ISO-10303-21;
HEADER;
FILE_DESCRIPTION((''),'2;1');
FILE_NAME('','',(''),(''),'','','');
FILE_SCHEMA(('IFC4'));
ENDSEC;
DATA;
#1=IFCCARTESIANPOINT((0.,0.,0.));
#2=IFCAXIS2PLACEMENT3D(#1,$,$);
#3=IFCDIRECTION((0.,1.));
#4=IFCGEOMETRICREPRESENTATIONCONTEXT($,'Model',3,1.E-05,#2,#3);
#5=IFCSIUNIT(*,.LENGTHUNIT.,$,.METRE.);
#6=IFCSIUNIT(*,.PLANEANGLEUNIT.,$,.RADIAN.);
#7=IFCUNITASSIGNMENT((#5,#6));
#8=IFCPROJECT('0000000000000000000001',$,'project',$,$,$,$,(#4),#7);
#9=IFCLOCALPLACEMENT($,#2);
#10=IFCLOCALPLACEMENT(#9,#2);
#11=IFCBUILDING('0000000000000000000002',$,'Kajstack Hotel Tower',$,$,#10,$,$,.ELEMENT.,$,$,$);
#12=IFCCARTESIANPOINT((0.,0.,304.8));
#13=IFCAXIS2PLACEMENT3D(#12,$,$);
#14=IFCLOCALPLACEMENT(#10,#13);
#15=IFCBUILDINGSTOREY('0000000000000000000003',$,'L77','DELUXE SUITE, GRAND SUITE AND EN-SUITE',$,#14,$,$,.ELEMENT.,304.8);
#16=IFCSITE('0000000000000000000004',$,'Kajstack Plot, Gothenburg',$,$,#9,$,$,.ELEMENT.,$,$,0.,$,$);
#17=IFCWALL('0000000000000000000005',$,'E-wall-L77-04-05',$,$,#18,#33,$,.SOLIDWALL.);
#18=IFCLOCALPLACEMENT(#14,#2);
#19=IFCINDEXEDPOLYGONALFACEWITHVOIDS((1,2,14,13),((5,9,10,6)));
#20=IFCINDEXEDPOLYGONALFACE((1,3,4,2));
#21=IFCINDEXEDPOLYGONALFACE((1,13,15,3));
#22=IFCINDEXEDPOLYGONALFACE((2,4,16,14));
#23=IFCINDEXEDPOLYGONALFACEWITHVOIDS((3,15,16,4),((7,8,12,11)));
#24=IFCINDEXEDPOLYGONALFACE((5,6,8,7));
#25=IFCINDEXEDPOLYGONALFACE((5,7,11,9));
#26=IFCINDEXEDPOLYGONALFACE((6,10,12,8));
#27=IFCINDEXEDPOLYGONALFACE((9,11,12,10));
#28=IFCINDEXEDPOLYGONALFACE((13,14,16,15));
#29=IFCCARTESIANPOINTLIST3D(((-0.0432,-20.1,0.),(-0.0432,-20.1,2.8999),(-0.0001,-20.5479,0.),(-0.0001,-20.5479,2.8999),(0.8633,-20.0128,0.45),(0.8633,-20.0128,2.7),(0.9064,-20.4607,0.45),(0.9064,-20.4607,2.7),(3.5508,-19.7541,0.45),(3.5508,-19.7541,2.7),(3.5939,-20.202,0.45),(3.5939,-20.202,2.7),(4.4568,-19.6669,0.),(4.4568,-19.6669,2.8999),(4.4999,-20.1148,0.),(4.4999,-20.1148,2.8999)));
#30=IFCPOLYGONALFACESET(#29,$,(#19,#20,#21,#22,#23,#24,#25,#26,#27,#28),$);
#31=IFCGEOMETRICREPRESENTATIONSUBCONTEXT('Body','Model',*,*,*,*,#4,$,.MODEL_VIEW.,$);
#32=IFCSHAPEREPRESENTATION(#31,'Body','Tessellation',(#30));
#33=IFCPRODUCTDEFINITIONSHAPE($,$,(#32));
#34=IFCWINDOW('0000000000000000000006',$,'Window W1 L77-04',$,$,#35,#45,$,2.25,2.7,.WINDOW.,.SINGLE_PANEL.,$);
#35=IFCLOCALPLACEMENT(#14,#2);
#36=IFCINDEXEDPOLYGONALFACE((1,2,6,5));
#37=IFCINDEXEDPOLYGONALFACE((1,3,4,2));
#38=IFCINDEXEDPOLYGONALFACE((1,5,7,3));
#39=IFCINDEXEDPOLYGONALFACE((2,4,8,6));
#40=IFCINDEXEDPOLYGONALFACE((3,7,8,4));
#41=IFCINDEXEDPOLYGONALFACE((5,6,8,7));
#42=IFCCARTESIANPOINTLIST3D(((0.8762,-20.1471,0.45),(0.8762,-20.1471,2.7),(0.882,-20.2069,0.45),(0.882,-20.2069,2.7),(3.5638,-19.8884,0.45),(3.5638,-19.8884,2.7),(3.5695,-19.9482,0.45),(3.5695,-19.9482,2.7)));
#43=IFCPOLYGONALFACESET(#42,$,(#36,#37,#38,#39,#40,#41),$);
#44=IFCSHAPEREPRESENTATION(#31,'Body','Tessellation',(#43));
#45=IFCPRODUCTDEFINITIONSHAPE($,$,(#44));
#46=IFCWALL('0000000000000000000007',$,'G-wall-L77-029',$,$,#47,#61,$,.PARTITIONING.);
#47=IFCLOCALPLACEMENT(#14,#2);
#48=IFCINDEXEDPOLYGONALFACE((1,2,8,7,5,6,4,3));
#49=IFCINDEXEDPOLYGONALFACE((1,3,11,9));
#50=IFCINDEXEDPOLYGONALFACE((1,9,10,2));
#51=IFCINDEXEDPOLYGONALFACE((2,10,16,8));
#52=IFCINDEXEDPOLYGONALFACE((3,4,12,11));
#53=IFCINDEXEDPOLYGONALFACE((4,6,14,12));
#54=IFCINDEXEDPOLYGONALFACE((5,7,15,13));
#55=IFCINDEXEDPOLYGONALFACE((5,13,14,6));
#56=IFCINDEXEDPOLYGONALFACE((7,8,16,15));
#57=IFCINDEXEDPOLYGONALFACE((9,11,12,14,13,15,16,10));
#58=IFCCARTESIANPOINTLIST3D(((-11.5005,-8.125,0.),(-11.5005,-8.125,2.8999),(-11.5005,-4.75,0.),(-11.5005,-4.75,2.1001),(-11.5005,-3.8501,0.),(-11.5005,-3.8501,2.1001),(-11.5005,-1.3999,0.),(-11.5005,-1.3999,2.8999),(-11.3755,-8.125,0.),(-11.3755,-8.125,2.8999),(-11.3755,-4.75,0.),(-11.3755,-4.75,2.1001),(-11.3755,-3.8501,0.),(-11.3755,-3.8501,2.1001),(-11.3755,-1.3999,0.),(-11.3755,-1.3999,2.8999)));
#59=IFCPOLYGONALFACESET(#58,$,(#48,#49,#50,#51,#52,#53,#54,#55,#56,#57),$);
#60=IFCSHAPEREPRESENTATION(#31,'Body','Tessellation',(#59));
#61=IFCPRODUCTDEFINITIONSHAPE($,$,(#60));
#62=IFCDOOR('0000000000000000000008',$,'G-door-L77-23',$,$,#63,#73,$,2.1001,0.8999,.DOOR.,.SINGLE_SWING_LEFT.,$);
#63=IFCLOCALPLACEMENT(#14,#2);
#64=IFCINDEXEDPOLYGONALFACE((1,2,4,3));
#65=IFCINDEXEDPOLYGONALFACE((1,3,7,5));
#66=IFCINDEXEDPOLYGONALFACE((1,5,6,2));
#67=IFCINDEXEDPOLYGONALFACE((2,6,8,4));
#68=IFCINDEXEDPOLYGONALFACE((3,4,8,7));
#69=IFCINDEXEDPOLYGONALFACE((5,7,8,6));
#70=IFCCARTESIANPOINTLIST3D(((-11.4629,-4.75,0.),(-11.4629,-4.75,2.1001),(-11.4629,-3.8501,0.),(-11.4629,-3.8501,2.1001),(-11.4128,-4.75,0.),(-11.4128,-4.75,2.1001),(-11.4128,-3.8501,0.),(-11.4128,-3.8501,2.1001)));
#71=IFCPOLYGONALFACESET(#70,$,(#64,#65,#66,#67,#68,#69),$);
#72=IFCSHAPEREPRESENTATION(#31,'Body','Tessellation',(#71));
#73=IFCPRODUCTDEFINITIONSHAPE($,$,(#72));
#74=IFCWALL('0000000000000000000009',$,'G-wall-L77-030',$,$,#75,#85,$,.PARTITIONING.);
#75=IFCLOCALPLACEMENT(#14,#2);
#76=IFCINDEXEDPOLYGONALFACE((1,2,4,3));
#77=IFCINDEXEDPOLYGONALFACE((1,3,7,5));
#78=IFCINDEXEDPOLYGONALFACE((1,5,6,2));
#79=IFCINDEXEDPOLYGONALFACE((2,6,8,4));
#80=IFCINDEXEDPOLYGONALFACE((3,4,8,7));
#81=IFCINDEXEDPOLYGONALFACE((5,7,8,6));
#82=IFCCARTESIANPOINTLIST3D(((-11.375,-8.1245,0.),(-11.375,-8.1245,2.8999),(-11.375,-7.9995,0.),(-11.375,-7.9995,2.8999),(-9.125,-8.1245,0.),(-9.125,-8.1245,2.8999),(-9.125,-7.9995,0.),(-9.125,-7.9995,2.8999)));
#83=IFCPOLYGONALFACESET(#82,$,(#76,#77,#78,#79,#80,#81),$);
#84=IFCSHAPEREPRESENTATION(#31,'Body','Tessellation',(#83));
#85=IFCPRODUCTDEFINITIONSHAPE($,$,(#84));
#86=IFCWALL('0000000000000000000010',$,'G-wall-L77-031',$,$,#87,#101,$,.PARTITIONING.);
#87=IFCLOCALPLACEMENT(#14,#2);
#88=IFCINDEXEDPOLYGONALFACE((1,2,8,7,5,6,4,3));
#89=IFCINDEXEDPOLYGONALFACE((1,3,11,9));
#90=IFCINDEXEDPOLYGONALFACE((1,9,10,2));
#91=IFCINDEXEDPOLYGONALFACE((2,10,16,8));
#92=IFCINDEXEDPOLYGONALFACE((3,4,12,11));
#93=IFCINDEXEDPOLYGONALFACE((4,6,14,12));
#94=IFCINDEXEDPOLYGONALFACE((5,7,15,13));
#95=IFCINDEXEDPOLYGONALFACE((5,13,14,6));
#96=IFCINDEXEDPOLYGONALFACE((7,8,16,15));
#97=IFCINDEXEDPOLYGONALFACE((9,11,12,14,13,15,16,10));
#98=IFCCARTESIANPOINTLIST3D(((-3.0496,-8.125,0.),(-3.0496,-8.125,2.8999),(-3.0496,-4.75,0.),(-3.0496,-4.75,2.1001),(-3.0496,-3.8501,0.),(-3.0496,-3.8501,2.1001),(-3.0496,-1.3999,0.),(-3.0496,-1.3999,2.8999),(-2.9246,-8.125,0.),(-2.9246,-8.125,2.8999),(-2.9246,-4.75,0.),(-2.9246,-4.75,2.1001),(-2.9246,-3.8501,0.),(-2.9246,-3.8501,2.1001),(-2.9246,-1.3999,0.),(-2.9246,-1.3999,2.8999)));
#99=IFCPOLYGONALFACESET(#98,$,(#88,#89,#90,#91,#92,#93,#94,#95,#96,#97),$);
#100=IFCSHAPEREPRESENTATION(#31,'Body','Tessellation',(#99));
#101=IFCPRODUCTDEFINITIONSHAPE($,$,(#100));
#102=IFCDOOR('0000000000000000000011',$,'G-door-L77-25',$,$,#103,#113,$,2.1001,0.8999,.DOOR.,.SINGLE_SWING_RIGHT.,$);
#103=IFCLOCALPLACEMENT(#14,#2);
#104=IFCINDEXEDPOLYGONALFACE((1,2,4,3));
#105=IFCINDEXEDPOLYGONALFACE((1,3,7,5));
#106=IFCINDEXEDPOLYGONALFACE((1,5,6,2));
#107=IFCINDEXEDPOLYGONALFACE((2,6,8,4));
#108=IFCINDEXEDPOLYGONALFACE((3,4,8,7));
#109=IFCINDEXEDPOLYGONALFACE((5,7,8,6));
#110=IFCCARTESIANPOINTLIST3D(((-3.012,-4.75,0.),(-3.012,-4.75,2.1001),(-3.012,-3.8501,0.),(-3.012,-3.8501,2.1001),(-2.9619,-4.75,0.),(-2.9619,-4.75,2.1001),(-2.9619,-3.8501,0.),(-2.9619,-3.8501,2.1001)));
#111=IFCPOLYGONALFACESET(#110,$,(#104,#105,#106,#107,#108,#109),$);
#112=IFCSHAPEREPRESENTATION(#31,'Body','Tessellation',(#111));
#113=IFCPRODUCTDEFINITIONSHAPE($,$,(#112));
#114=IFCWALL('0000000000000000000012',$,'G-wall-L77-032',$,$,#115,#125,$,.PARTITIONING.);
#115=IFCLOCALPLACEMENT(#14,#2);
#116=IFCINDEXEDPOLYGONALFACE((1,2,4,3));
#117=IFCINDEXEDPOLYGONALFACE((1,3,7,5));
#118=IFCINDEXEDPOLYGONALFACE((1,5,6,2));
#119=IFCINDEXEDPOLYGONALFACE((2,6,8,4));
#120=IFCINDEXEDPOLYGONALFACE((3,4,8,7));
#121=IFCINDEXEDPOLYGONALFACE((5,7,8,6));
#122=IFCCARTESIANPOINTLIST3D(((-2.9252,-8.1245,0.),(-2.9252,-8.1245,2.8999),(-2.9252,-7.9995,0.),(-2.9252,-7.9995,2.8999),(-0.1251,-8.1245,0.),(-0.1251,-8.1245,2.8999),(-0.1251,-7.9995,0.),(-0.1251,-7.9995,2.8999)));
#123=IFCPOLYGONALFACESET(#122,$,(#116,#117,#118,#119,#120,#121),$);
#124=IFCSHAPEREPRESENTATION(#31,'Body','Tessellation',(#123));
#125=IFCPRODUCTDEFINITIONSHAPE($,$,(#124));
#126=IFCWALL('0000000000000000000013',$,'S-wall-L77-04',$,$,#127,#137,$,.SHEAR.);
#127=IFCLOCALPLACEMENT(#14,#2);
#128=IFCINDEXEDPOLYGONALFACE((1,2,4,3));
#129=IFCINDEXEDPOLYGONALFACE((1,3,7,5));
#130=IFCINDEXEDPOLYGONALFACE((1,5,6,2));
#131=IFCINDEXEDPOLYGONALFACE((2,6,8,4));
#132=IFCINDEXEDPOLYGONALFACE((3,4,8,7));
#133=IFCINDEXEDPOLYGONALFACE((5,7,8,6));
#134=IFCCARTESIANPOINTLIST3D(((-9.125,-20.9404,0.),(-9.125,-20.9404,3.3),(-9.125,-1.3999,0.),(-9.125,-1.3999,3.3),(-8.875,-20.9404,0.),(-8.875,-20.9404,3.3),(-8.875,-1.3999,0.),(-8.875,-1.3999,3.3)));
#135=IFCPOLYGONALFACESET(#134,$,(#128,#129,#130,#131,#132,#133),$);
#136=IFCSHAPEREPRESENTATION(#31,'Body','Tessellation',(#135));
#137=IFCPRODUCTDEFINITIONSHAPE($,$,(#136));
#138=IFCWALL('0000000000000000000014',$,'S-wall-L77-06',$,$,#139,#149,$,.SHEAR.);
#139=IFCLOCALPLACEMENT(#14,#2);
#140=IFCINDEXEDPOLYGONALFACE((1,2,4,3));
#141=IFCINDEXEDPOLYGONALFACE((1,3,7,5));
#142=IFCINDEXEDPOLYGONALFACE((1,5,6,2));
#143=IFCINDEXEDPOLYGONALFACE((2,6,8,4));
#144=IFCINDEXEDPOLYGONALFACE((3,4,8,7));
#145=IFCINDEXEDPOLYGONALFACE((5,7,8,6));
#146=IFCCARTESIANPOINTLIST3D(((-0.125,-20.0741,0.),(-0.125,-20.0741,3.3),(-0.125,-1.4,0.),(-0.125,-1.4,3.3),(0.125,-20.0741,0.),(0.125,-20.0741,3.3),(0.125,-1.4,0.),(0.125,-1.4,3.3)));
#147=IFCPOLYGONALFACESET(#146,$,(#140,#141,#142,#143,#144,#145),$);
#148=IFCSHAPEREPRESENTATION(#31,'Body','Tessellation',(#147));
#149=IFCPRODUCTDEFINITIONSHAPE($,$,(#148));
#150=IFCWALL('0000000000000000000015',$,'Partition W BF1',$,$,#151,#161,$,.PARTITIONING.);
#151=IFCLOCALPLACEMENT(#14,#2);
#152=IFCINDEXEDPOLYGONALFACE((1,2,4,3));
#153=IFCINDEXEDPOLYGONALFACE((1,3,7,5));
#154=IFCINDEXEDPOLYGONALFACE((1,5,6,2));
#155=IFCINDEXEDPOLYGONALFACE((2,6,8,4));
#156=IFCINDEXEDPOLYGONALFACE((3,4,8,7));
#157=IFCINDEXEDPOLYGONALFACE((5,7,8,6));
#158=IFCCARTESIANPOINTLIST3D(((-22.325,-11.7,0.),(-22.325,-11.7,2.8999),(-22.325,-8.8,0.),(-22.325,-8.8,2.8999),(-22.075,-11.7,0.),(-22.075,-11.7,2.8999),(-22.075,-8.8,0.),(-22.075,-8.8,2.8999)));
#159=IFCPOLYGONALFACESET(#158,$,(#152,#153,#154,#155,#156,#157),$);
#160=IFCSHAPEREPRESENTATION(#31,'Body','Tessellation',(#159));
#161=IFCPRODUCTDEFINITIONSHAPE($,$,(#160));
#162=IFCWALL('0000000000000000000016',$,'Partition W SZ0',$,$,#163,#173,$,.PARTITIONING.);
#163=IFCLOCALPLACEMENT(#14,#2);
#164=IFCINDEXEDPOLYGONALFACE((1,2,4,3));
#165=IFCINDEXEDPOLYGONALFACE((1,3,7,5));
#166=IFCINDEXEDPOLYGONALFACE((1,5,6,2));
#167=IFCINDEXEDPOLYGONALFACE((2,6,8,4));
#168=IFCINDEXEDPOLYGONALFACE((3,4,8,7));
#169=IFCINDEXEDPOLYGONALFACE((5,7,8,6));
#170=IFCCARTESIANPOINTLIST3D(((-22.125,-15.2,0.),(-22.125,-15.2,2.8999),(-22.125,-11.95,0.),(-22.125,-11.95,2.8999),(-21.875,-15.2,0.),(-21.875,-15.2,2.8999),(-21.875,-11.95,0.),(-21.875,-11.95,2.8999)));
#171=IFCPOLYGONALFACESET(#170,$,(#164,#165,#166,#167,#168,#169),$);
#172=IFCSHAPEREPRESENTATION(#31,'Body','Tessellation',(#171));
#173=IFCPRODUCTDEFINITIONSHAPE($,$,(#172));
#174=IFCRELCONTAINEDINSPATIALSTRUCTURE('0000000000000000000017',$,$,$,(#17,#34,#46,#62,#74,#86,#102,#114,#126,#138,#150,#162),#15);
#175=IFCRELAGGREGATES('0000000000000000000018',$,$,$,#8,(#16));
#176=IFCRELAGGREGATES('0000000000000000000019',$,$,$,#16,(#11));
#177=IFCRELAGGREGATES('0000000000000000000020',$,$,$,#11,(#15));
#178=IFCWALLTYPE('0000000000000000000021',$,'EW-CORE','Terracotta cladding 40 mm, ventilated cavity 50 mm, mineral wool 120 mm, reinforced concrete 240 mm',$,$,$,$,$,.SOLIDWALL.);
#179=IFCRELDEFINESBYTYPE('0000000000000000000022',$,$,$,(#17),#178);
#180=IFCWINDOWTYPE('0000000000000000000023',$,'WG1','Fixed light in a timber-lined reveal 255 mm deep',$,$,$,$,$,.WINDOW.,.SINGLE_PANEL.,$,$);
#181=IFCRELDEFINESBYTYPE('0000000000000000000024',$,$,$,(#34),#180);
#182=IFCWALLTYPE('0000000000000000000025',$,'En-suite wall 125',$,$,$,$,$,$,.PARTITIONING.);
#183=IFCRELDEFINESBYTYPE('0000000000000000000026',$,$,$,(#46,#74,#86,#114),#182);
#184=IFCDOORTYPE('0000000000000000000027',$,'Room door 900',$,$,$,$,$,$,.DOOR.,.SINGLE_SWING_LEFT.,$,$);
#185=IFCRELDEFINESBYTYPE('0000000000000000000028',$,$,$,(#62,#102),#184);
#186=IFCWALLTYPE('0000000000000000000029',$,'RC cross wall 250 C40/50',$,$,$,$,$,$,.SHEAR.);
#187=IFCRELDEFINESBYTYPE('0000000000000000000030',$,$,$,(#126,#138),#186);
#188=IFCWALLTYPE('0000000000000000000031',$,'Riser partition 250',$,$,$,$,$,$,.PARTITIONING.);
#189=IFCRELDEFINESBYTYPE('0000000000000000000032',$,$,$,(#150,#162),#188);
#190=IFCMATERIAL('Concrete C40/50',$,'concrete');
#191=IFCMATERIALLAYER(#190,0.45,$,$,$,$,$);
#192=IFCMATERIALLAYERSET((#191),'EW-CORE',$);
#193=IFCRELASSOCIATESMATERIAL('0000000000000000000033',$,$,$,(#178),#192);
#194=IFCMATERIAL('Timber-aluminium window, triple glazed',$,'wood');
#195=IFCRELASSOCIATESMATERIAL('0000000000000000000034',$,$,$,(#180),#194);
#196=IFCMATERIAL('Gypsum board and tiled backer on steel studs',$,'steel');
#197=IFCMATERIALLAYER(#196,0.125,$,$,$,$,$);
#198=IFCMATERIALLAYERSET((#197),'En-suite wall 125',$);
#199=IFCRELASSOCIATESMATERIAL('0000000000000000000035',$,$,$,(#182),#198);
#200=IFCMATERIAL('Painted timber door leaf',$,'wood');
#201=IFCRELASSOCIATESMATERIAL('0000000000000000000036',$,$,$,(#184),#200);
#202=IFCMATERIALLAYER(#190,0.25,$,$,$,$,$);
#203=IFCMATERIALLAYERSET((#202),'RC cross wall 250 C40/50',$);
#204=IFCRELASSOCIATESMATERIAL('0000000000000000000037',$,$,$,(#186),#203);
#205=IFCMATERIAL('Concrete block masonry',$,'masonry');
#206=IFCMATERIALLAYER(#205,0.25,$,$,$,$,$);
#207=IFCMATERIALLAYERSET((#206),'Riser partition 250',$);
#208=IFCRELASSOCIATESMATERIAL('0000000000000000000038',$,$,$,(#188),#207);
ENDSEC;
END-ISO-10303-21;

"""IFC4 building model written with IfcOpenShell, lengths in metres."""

from ifc_helpers import new_model, si_unit, direction, frame, frame_2d, origin, place, context, subcontext, project, spatial, rectangle, extrude, material, layer, layer_set, type_object, element, fill, save


model = new_model("IFC4")

# Units and contexts
model_context = context("Model", 3, precision=1e-05, world=origin(), true_north=direction((0.0, 1.0)))
body_context = subcontext(model_context, "Body", "Model", "MODEL_VIEW")
ifc_project = project(units=[si_unit("LENGTHUNIT", "METRE"), si_unit("PLANEANGLEUNIT", "RADIAN")], contexts=[model_context])

# Site, building, storey
site_placement = place(None, origin())
site = spatial("IfcSite", under=ifc_project, at=site_placement, Name="Kajstack Plot, Gothenburg", CompositionType="ELEMENT", RefElevation=0.0)
building_placement = place(site_placement, origin())
building = spatial("IfcBuilding", under=site, at=building_placement, Name="Kajstack Hotel Tower", CompositionType="ELEMENT")
storey_placement = place(building_placement, frame((0.0, 0.0, 304.8)))
storey = spatial("IfcBuildingStorey", under=building, at=storey_placement, Name="L77", Description="DELUXE SUITE, GRAND SUITE AND EN-SUITE", CompositionType="ELEMENT", Elevation=304.8)

# Wall, opening, window
ifc_material_1 = material(Name="Concrete C40/50", Category="concrete")
ifc_layer_1 = layer(ifc_material_1, 0.45)
ifc_layer_set_1 = layer_set([ifc_layer_1], Name="EW-CORE")
wall_type_1 = type_object("IfcWallType", Name="EW-CORE", Description="Terracotta cladding 40 mm, ventilated cavity 50 mm, mineral wool 120 mm, reinforced concrete 240 mm", PredefinedType="SOLIDWALL", material=ifc_layer_set_1)
ifc_material_2 = material(Name="Timber-aluminium window, triple glazed", Category="wood")
window_type = type_object("IfcWindowType", Name="WG1", Description="Fixed light in a timber-lined reveal 255 mm deep", PartitioningType="SINGLE_PANEL", PredefinedType="WINDOW", material=ifc_material_2)
wall_1_placement = place(storey_placement, frame((-0.0215, -20.324, 0.0), z_axis=(0.0, 0.0, 1.0), x_axis=(0.9954, 0.095803, 0.0)))
wall_1 = element("IfcWall", 1, at=wall_1_placement, inside=storey, type_object=wall_type_1, Name="E-wall-L77-04-05", PredefinedType="SOLIDWALL", context=body_context, shape_type="SweptSolid", body=[
    extrude(rectangle(XDim=4.5208, YDim=0.45, at=frame_2d((2.2603, 0.0))), origin(), (0.0, 0.0, 1.0), 2.8999),
])
opening_1_placement = place(wall_1_placement, frame((0.9104, 0.0, 0.45)))
opening_1 = element("IfcOpeningElement", 2, at=opening_1_placement, cuts=wall_1, PredefinedType="OPENING", context=body_context, shape_type="SweptSolid", body=[
    extrude(rectangle(XDim=2.7, YDim=2.25, at=frame_2d((1.3501, 1.125))), frame((0.0, 0.2349, 0.0), z_axis=(0.0, -1.0, 0.0), x_axis=(1.0, 0.0, 0.0)), (0.0, 0.0, 1.0), 0.47),
])
window_1_placement = place(opening_1_placement, origin())
window_1 = element("IfcWindow", 3, at=window_1_placement, inside=storey, type_object=window_type, Name="Window W1 L77-04", OverallHeight=2.25, OverallWidth=2.7, PartitioningType="SINGLE_PANEL", PredefinedType="WINDOW", context=body_context, shape_type="SweptSolid", body=[
    extrude(rectangle(XDim=2.7, YDim=2.25, at=frame_2d((1.3501, 1.125))), frame((0.0, 0.0901, 0.0), z_axis=(0.0, -1.0, 0.0), x_axis=(1.0, 0.0, 0.0)), (0.0, 0.0, 1.0), 0.0601),
])
fill(opening_1, window_1)

# Wall, opening, door
ifc_material_3 = material(Name="Gypsum board and tiled backer on steel studs", Category="steel")
ifc_layer_2 = layer(ifc_material_3, 0.125)
ifc_layer_set_2 = layer_set([ifc_layer_2], Name="En-suite wall 125")
wall_type_2 = type_object("IfcWallType", Name="En-suite wall 125", PredefinedType="PARTITIONING", material=ifc_layer_set_2)
wall_2_placement = place(storey_placement, frame((-11.438, -8.125, 0.0), z_axis=(0.0, 0.0, 1.0), x_axis=(0.0, 1.0, 0.0)))
wall_2 = element("IfcWall", 4, at=wall_2_placement, inside=storey, type_object=wall_type_2, Name="G-wall-L77-029", PredefinedType="PARTITIONING", context=body_context, shape_type="SweptSolid", body=[
    extrude(rectangle(XDim=6.7251, YDim=0.125, at=frame_2d((3.3625, 0.0))), origin(), (0.0, 0.0, 1.0), 2.8999),
])
opening_2_placement = place(wall_2_placement, frame((3.375, 0.0, 0.0)))
opening_2 = element("IfcOpeningElement", 5, at=opening_2_placement, cuts=wall_2, PredefinedType="OPENING", context=body_context, shape_type="SweptSolid", body=[
    extrude(rectangle(XDim=0.8999, YDim=2.1001, at=frame_2d((0.45, 1.05))), frame((0.0, 0.0725, 0.0), z_axis=(0.0, -1.0, 0.0), x_axis=(1.0, 0.0, 0.0)), (0.0, 0.0, 1.0), 0.145),
])
ifc_material_4 = material(Name="Painted timber door leaf", Category="wood")
door_type_1 = type_object("IfcDoorType", Name="Room door 900", OperationType="SINGLE_SWING_LEFT", PredefinedType="DOOR", material=ifc_material_4)
door_1_placement = place(opening_2_placement, origin())
door_1 = element("IfcDoor", 6, at=door_1_placement, inside=storey, type_object=door_type_1, Name="G-door-L77-23", OperationType="SINGLE_SWING_LEFT", OverallHeight=2.1001, OverallWidth=0.8999, PredefinedType="DOOR", context=body_context, shape_type="SweptSolid", body=[
    extrude(rectangle(XDim=0.8999, YDim=2.1001, at=frame_2d((0.45, 1.05))), frame((0.0, 0.0249, 0.0), z_axis=(0.0, -1.0, 0.0), x_axis=(1.0, 0.0, 0.0)), (0.0, 0.0, 1.0), 0.05),
])
fill(opening_2, door_1)

# Wall
wall_3_placement = place(storey_placement, frame((-11.375, -8.062, 0.0), z_axis=(0.0, 0.0, 1.0), x_axis=(1.0, 0.0, 0.0)))
element("IfcWall", 7, at=wall_3_placement, inside=storey, type_object=wall_type_2, Name="G-wall-L77-030", PredefinedType="PARTITIONING", context=body_context, shape_type="SweptSolid", body=[
    extrude(rectangle(XDim=2.25, YDim=0.125, at=frame_2d((1.125, 0.0))), origin(), (0.0, 0.0, 1.0), 2.8999),
])

# Wall, opening, door
wall_4_placement = place(storey_placement, frame((-2.9871, -8.125, 0.0), z_axis=(0.0, 0.0, 1.0), x_axis=(0.0, 1.0, 0.0)))
wall_4 = element("IfcWall", 8, at=wall_4_placement, inside=storey, type_object=wall_type_2, Name="G-wall-L77-031", PredefinedType="PARTITIONING", context=body_context, shape_type="SweptSolid", body=[
    extrude(rectangle(XDim=6.7251, YDim=0.125, at=frame_2d((3.3625, 0.0))), origin(), (0.0, 0.0, 1.0), 2.8999),
])
opening_3_placement = place(wall_4_placement, frame((3.375, 0.0, 0.0)))
opening_3 = element("IfcOpeningElement", 9, at=opening_3_placement, cuts=wall_4, PredefinedType="OPENING", context=body_context, shape_type="SweptSolid", body=[
    extrude(rectangle(XDim=0.8999, YDim=2.1001, at=frame_2d((0.45, 1.05))), frame((0.0, 0.0725, 0.0), z_axis=(0.0, -1.0, 0.0), x_axis=(1.0, 0.0, 0.0)), (0.0, 0.0, 1.0), 0.145),
])
door_2_placement = place(opening_3_placement, origin())
door_2 = element("IfcDoor", 10, at=door_2_placement, inside=storey, type_object=door_type_1, Name="G-door-L77-25", OperationType="SINGLE_SWING_RIGHT", OverallHeight=2.1001, OverallWidth=0.8999, PredefinedType="DOOR", context=body_context, shape_type="SweptSolid", body=[
    extrude(rectangle(XDim=0.8999, YDim=2.1001, at=frame_2d((0.45, 1.05))), frame((0.0, 0.0249, 0.0), z_axis=(0.0, -1.0, 0.0), x_axis=(1.0, 0.0, 0.0)), (0.0, 0.0, 1.0), 0.05),
])
fill(opening_3, door_2)

# Walls
wall_5_placement = place(storey_placement, frame((-2.925, -8.062, 0.0), z_axis=(0.0, 0.0, 1.0), x_axis=(1.0, 0.0, 0.0)))
element("IfcWall", 11, at=wall_5_placement, inside=storey, type_object=wall_type_2, Name="G-wall-L77-032", PredefinedType="PARTITIONING", context=body_context, shape_type="SweptSolid", body=[
    extrude(rectangle(XDim=2.8, YDim=0.125, at=frame_2d((1.3999, 0.0))), origin(), (0.0, 0.0, 1.0), 2.8999),
])
ifc_layer_3 = layer(ifc_material_1, 0.25)
ifc_layer_set_3 = layer_set([ifc_layer_3], Name="RC cross wall 250 C40/50")
wall_type_3 = type_object("IfcWallType", Name="RC cross wall 250 C40/50", PredefinedType="SHEAR", material=ifc_layer_set_3)
wall_6_placement = place(storey_placement, frame((-9.0, -20.9404, 0.0), z_axis=(0.0, 0.0, 1.0), x_axis=(0.0, 1.0, 0.0)))
element("IfcWall", 12, at=wall_6_placement, inside=storey, type_object=wall_type_3, Name="S-wall-L77-04", PredefinedType="SHEAR", context=body_context, shape_type="SweptSolid", body=[
    extrude(rectangle(XDim=19.5405, YDim=0.25, at=frame_2d((9.7703, 0.0))), origin(), (0.0, 0.0, 1.0), 3.3),
])
wall_7_placement = place(storey_placement, frame((0.0, -20.074, 0.0), z_axis=(0.0, 0.0, 1.0), x_axis=(0.0, 1.0, 0.0)))
element("IfcWall", 13, at=wall_7_placement, inside=storey, type_object=wall_type_3, Name="S-wall-L77-06", PredefinedType="SHEAR", context=body_context, shape_type="SweptSolid", body=[
    extrude(rectangle(XDim=18.6741, YDim=0.25, at=frame_2d((9.3369, 0.0))), origin(), (0.0, 0.0, 1.0), 3.3),
])
ifc_material_5 = material(Name="Concrete block masonry", Category="masonry")
ifc_layer_4 = layer(ifc_material_5, 0.25)
ifc_layer_set_4 = layer_set([ifc_layer_4], Name="Riser partition 250")
wall_type_4 = type_object("IfcWallType", Name="Riser partition 250", PredefinedType="PARTITIONING", material=ifc_layer_set_4)
wall_8_placement = place(storey_placement, frame((-22.2, -11.7, 0.0), z_axis=(0.0, 0.0, 1.0), x_axis=(0.0, 1.0, 0.0)))
element("IfcWall", 14, at=wall_8_placement, inside=storey, type_object=wall_type_4, Name="Partition W BF1", PredefinedType="PARTITIONING", context=body_context, shape_type="SweptSolid", body=[
    extrude(rectangle(XDim=2.8999, YDim=0.25, at=frame_2d((1.45, 0.0))), origin(), (0.0, 0.0, 1.0), 2.8999),
])
wall_9_placement = place(storey_placement, frame((-22.0, -15.2, 0.0), z_axis=(0.0, 0.0, 1.0), x_axis=(0.0, 1.0, 0.0)))
element("IfcWall", 15, at=wall_9_placement, inside=storey, type_object=wall_type_4, Name="Partition W SZ0", PredefinedType="PARTITIONING", context=body_context, shape_type="SweptSolid", body=[
    extrude(rectangle(XDim=3.25, YDim=0.25, at=frame_2d((1.625, 0.0))), origin(), (0.0, 0.0, 1.0), 2.8999),
])

save(model, "model.ifc")
